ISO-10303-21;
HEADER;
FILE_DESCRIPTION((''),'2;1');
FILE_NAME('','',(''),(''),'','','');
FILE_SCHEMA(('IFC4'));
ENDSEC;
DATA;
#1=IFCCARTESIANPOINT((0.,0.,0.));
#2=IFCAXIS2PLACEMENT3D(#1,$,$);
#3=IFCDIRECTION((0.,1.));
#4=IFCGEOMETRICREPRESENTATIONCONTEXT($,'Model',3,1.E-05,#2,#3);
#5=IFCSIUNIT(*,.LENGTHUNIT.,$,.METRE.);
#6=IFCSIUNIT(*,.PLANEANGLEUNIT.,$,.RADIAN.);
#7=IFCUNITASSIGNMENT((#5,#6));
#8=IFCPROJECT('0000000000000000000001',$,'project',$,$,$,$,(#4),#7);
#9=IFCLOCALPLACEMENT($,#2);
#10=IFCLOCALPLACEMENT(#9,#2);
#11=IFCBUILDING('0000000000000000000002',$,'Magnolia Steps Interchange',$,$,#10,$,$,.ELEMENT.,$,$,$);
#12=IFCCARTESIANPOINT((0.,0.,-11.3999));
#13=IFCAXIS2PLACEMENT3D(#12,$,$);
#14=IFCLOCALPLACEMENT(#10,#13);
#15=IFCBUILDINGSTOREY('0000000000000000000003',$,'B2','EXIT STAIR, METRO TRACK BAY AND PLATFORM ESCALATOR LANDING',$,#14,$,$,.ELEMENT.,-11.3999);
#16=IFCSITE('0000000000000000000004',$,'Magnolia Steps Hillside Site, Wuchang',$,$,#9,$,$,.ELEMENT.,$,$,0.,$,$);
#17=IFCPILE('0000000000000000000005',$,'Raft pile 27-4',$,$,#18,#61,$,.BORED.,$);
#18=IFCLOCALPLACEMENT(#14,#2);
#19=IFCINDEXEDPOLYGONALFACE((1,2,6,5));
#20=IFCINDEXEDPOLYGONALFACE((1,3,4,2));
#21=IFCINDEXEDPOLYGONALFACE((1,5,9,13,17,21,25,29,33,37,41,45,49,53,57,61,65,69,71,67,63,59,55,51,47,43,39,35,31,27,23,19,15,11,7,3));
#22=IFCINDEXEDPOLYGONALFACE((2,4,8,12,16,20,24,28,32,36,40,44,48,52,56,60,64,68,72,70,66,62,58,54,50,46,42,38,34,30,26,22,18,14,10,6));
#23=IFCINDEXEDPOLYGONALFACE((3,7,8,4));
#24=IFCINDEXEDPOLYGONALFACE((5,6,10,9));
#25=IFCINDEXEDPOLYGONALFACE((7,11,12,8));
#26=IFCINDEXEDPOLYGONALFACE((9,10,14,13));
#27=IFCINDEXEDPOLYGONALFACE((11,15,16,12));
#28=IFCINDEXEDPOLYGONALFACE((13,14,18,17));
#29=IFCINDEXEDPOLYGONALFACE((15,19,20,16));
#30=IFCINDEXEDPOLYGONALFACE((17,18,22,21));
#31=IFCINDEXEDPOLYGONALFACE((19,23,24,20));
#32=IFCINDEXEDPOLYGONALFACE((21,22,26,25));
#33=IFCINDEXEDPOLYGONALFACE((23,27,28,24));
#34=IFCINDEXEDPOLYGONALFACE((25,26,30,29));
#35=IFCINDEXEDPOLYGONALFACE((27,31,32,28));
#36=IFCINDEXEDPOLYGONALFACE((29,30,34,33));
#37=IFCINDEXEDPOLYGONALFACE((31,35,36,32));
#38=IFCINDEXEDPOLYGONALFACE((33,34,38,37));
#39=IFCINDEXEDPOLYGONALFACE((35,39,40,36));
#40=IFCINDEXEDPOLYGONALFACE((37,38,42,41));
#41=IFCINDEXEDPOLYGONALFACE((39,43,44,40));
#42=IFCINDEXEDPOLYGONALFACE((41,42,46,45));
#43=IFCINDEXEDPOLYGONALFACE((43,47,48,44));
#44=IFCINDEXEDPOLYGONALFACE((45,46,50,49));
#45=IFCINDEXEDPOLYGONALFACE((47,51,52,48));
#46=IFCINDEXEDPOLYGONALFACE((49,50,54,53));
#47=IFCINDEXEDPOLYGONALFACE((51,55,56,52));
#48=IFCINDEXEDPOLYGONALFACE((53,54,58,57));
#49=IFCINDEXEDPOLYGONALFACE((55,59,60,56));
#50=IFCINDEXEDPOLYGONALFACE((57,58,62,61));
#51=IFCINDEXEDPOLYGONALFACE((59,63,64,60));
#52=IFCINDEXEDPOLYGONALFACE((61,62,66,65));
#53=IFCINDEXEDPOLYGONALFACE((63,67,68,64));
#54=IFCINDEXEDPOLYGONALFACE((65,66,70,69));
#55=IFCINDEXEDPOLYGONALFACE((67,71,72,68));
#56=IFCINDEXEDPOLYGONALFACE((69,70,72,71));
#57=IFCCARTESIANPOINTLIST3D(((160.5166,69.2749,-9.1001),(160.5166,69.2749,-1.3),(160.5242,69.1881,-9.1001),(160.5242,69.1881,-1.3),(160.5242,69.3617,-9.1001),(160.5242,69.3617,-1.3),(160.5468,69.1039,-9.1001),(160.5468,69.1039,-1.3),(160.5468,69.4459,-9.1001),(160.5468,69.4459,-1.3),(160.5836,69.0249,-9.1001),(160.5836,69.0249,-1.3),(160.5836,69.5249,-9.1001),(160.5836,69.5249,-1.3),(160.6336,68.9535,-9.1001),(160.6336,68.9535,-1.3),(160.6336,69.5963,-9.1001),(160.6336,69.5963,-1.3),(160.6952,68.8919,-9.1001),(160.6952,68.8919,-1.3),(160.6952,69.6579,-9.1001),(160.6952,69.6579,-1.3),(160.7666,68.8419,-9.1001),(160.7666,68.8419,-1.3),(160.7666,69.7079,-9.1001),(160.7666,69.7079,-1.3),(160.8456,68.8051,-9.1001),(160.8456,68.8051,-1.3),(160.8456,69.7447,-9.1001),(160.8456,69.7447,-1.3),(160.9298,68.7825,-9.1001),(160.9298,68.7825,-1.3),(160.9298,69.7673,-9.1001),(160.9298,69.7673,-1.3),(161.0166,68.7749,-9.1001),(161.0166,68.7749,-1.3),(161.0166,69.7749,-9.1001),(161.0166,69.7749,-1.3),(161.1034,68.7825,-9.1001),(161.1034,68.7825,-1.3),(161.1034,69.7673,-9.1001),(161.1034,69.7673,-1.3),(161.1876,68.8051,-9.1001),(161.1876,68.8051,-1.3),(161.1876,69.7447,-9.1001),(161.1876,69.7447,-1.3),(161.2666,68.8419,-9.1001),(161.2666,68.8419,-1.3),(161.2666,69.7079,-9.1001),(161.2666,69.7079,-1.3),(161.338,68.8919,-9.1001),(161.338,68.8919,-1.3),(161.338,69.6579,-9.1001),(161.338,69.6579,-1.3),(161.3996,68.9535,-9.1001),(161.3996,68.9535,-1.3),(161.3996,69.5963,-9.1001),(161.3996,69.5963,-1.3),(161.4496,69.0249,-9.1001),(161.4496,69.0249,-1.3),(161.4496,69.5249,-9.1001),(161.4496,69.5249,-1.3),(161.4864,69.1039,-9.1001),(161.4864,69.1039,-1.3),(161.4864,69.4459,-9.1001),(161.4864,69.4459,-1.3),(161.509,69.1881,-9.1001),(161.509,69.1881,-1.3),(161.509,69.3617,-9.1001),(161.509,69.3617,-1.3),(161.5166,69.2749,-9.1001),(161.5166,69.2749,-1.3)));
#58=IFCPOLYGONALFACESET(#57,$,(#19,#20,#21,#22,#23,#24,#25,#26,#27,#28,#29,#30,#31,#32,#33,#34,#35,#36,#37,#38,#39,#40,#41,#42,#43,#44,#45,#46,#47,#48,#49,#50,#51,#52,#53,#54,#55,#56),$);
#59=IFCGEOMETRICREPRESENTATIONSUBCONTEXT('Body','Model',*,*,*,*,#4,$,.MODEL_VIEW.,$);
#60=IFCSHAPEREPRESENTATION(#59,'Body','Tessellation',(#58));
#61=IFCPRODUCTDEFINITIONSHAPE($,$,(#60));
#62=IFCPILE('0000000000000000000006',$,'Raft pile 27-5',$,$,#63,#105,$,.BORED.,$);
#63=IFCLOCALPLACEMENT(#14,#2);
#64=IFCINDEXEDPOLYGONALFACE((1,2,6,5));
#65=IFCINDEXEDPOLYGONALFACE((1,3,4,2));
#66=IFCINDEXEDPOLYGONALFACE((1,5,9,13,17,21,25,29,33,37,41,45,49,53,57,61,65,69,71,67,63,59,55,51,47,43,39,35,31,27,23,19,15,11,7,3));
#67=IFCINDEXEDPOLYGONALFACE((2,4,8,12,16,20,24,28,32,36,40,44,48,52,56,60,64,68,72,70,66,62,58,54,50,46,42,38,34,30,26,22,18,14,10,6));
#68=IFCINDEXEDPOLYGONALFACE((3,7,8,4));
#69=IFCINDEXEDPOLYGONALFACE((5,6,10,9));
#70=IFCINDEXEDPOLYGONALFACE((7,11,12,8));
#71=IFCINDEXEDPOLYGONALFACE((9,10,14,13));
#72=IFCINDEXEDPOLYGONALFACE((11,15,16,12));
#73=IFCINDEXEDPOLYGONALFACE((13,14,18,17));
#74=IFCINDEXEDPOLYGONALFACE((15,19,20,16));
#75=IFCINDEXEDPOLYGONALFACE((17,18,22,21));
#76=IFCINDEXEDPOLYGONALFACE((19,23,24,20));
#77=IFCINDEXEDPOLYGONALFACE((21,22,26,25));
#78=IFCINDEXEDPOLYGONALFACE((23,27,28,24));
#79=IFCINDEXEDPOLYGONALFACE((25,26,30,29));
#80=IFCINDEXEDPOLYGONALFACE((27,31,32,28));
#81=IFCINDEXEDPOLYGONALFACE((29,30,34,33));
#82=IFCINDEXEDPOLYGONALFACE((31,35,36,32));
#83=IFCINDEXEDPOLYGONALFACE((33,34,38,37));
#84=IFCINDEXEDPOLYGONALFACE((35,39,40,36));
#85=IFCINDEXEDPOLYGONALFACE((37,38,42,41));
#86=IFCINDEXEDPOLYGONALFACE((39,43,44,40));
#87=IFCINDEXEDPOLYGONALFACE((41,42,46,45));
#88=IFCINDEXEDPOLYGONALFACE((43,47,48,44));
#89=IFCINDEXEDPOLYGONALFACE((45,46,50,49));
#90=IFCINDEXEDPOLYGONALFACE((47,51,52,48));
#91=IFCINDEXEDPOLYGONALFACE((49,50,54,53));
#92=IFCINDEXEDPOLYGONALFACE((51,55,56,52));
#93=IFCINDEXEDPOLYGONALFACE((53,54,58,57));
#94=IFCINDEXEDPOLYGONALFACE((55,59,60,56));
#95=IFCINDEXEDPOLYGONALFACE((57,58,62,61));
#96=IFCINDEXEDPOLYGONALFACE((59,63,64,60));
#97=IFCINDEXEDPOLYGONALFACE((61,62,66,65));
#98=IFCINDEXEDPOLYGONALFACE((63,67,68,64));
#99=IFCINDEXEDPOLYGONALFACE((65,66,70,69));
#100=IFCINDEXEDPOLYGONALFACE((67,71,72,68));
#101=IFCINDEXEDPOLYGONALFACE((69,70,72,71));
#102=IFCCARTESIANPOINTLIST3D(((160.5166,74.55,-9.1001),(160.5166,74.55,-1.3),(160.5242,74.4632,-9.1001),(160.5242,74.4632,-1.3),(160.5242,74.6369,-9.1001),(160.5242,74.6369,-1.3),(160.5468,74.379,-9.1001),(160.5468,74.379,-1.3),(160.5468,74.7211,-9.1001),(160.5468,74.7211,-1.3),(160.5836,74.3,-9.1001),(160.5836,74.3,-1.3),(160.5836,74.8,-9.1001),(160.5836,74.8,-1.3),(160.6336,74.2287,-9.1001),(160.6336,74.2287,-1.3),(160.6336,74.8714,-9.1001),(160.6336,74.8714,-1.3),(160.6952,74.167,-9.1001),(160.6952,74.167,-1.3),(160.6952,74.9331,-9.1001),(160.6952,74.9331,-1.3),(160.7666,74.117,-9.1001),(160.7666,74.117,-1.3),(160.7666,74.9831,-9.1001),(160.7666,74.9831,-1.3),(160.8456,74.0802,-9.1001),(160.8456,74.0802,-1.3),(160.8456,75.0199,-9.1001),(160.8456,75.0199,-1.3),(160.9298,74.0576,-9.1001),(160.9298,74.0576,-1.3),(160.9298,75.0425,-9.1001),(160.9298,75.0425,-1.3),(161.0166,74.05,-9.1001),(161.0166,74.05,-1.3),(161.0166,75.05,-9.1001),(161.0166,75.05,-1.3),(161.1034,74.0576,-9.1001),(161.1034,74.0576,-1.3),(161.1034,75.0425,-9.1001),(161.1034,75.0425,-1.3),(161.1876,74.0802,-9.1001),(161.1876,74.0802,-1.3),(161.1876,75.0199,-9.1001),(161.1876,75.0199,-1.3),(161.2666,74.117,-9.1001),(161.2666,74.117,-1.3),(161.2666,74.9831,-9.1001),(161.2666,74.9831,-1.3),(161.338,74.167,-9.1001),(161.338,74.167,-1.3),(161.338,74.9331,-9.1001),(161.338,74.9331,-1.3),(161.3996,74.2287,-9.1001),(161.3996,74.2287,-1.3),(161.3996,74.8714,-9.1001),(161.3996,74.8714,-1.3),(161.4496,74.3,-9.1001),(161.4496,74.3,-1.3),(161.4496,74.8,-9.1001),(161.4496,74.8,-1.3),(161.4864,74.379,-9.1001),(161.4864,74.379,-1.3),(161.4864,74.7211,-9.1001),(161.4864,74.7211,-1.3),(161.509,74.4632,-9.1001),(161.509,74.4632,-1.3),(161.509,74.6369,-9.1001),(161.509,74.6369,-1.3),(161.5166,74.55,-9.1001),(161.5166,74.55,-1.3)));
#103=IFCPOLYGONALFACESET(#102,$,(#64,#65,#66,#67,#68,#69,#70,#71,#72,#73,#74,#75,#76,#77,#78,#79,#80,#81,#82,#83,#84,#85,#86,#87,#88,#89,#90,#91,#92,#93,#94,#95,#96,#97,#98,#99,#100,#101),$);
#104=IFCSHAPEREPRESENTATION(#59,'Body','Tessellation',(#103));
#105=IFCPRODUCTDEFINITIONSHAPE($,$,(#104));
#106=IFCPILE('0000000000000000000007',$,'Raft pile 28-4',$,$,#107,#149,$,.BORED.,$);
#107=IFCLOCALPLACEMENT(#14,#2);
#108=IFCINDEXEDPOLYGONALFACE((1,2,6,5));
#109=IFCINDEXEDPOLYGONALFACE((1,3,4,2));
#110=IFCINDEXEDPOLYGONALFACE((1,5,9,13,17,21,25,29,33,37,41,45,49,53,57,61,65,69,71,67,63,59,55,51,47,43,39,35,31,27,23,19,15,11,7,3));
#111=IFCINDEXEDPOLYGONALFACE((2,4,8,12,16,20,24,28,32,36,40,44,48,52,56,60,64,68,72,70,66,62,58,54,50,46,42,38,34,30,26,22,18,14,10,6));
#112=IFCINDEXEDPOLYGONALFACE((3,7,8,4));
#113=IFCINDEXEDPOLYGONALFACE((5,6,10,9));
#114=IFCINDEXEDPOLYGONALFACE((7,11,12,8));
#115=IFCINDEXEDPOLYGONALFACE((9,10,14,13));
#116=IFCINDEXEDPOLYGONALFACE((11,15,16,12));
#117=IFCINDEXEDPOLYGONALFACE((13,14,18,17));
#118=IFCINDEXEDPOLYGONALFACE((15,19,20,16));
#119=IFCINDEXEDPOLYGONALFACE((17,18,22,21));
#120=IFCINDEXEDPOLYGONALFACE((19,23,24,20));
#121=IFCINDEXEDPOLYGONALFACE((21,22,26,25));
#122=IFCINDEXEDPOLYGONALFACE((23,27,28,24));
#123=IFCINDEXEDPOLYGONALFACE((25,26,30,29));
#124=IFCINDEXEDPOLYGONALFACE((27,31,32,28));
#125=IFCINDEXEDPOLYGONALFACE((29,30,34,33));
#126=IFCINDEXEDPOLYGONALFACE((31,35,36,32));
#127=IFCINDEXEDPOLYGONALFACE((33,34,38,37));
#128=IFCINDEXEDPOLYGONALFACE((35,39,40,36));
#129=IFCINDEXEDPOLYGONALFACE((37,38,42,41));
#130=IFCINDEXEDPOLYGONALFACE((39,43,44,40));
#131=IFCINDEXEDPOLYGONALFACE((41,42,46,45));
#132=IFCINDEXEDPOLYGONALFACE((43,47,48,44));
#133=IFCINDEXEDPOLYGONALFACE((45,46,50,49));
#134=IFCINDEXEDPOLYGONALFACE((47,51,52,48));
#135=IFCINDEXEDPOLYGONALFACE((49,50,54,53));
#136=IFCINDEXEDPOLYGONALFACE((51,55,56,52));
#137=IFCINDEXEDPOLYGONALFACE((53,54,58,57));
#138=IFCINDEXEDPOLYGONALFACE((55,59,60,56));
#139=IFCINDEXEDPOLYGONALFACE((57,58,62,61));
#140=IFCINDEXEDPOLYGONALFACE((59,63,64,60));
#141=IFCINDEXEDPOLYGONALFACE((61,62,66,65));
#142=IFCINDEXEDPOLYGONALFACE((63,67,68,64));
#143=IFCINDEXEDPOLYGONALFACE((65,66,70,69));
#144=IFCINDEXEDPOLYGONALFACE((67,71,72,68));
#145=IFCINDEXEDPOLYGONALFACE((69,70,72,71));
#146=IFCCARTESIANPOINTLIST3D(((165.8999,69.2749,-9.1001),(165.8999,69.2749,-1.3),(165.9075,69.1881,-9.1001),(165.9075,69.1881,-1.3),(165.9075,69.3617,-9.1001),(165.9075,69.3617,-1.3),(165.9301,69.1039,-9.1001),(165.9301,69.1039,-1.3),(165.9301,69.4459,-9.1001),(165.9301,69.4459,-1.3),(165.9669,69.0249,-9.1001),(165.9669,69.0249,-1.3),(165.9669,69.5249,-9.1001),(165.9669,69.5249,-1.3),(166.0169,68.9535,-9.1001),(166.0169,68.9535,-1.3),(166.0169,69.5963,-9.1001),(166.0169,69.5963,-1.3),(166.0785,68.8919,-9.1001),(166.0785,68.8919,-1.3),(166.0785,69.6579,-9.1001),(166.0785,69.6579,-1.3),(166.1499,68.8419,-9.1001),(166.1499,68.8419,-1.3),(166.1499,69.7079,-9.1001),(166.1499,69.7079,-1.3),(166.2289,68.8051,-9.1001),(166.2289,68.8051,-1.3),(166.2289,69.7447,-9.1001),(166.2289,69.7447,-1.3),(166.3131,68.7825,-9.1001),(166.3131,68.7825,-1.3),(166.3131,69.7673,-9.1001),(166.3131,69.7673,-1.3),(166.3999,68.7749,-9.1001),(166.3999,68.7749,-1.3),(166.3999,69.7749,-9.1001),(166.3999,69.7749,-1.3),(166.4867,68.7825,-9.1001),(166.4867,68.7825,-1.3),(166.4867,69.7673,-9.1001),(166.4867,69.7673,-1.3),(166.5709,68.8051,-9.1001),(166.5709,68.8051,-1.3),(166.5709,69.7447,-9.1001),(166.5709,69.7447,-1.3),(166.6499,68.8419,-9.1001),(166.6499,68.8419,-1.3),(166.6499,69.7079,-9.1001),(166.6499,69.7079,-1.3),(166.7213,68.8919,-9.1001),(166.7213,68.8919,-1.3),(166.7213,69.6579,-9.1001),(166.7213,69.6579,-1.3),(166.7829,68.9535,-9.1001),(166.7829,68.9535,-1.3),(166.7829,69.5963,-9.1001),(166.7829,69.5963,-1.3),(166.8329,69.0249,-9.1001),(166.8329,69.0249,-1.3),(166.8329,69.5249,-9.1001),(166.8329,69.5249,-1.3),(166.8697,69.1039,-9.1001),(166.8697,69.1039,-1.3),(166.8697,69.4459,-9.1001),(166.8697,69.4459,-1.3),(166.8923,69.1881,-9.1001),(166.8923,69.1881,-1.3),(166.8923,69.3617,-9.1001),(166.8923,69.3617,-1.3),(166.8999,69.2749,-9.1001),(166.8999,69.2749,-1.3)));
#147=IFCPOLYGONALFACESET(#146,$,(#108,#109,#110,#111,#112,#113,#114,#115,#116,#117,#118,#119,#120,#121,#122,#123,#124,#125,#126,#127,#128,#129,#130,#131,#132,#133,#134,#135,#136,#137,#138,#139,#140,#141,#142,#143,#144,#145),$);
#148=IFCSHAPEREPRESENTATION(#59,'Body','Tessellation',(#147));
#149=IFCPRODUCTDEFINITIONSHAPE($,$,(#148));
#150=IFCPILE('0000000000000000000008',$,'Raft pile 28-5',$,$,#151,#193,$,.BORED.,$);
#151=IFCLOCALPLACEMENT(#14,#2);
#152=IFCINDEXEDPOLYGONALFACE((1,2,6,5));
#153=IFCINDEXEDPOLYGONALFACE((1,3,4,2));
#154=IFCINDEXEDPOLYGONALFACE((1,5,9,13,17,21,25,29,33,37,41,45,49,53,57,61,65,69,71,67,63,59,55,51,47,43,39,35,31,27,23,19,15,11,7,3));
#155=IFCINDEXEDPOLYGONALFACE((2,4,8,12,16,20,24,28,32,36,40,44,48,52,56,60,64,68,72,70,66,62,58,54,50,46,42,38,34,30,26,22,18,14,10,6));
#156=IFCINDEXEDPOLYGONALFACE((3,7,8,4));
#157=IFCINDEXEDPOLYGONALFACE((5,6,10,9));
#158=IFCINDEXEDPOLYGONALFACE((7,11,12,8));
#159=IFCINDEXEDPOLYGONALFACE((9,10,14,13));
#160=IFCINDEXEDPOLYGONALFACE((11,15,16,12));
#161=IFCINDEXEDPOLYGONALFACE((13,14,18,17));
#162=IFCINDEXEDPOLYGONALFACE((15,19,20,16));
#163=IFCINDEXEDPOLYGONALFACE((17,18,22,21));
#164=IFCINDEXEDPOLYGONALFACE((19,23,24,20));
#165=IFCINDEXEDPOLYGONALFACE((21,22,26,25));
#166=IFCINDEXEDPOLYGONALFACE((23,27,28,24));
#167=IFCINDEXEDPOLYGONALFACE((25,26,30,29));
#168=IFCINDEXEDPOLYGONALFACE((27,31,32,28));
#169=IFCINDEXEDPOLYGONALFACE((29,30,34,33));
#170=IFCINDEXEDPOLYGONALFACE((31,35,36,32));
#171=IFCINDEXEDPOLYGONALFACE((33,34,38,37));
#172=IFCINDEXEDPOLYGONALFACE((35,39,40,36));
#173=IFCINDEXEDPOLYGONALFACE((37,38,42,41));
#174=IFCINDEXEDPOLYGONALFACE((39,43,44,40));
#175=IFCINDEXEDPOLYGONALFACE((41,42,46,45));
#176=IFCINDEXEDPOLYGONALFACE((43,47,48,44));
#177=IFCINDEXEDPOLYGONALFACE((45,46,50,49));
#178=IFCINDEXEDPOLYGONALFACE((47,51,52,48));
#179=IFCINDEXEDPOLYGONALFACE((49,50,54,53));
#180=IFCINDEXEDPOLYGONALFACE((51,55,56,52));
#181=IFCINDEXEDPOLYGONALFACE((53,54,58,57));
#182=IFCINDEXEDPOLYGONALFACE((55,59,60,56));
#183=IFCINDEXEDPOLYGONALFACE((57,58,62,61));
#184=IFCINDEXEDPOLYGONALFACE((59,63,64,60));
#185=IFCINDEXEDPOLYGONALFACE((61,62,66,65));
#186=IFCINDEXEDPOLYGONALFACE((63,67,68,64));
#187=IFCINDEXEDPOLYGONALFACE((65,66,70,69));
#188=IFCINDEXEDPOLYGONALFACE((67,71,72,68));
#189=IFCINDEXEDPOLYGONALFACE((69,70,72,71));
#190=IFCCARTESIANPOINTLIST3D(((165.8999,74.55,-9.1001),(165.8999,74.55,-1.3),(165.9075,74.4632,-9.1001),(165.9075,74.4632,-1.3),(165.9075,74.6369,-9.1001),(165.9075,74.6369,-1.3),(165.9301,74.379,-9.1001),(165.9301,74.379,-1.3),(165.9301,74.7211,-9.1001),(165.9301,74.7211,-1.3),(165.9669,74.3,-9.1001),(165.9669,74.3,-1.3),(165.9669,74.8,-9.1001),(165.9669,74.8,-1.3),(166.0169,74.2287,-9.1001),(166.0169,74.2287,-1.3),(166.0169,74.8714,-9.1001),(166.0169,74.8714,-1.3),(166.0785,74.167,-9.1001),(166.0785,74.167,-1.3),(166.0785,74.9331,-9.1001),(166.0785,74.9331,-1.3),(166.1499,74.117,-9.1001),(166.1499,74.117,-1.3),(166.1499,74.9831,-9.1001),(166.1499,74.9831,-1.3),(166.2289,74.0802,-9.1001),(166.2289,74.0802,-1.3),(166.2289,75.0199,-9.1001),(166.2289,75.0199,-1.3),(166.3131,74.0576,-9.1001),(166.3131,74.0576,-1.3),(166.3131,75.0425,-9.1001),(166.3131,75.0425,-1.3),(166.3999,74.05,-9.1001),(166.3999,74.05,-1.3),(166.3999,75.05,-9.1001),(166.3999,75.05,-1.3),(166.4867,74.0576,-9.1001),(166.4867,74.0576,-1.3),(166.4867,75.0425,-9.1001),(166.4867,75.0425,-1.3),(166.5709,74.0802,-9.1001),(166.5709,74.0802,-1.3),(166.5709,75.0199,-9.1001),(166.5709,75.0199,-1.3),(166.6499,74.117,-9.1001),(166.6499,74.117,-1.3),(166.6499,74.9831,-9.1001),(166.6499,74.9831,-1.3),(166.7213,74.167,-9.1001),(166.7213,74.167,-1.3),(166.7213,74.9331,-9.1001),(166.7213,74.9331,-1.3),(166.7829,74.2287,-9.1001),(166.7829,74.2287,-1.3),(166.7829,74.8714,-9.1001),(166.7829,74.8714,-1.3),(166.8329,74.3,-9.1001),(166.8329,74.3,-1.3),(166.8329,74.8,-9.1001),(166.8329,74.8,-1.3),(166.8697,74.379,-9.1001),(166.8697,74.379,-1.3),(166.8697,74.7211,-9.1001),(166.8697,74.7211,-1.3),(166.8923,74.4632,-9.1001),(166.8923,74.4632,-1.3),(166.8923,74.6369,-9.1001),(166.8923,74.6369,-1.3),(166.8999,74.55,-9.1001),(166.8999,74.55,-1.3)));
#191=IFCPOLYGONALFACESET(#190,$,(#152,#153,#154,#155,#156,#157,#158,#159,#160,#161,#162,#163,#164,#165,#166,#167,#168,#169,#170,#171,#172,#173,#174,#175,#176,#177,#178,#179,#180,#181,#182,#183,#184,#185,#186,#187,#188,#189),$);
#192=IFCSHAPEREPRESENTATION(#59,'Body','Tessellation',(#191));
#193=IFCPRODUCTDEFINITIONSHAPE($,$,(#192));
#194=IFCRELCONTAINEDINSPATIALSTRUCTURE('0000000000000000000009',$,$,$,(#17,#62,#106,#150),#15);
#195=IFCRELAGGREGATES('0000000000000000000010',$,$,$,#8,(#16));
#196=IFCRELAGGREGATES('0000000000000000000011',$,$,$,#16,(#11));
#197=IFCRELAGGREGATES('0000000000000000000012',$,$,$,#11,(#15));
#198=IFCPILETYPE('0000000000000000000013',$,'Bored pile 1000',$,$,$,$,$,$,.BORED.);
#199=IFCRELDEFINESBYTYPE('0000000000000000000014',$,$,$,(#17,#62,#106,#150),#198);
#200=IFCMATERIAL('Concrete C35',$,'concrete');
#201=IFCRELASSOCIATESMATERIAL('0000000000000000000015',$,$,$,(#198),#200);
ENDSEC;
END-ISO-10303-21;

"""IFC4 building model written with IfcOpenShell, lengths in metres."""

from ifc_helpers import new_model, si_unit, direction, frame, origin, origin_2d, place, context, subcontext, project, spatial, circle, extrude, material, material_profile, profile_set, type_object, element, save


model = new_model("IFC4")

# Units and contexts
model_context = context("Model", 3, precision=1e-05, world=origin(), true_north=direction((0.0, 1.0)))
body_context = subcontext(model_context, "Body", "Model", "MODEL_VIEW")
ifc_project = project(units=[si_unit("LENGTHUNIT", "METRE"), si_unit("PLANEANGLEUNIT", "RADIAN")], contexts=[model_context])

# Site, building, storey
site_placement = place(None, origin())
site = spatial("IfcSite", under=ifc_project, at=site_placement, Name="Magnolia Steps Hillside Site, Wuchang", CompositionType="ELEMENT", RefElevation=0.0)
building_placement = place(site_placement, origin())
building = spatial("IfcBuilding", under=site, at=building_placement, Name="Magnolia Steps Interchange", CompositionType="ELEMENT")
storey_placement = place(building_placement, frame((0.0, 0.0, -11.3999)))
storey = spatial("IfcBuildingStorey", under=building, at=storey_placement, Name="B2", Description="EXIT STAIR, METRO TRACK BAY AND PLATFORM ESCALATOR LANDING", CompositionType="ELEMENT", Elevation=-11.3999)

# Piles
ifc_material_1 = material(Name="Concrete C35", Category="concrete")
ifc_material_profile = material_profile(ifc_material_1, circle(Radius=0.5, at=origin_2d()), Name="Bored pile 1000")
ifc_profile_set = profile_set([ifc_material_profile], Name="Concrete C35")
pile_type = type_object("IfcPileType", Name="Bored pile 1000", PredefinedType="BORED", material=ifc_profile_set)
for number, where, z_axis, x_axis, name in (
    (1, (161.0166, 69.2749, -1.3), (0.0, 0.0, -1.0), (1.0, 0.0, 0.0), "Raft pile 27-4"),
    (2, (161.0166, 74.55, -1.3), (0.0, 0.0, -1.0), (1.0, 0.0, 0.0), "Raft pile 27-5"),
    (3, (166.3999, 69.2749, -1.3), (0.0, 0.0, -1.0), (1.0, 0.0, 0.0), "Raft pile 28-4"),
    (4, (166.3999, 74.55, -1.3), (0.0, 0.0, -1.0), (1.0, 0.0, 0.0), "Raft pile 28-5"),
):
    element("IfcPile", number, at=place(storey_placement, frame(where, z_axis=z_axis, x_axis=x_axis)), inside=storey, type_object=pile_type, Name=name, PredefinedType="BORED", context=body_context, shape_type="SweptSolid", body=[
        extrude(circle(Radius=0.5, at=origin_2d()), origin(), (0.0, 0.0, 1.0), 7.8),
    ])

save(model, "model.ifc")
